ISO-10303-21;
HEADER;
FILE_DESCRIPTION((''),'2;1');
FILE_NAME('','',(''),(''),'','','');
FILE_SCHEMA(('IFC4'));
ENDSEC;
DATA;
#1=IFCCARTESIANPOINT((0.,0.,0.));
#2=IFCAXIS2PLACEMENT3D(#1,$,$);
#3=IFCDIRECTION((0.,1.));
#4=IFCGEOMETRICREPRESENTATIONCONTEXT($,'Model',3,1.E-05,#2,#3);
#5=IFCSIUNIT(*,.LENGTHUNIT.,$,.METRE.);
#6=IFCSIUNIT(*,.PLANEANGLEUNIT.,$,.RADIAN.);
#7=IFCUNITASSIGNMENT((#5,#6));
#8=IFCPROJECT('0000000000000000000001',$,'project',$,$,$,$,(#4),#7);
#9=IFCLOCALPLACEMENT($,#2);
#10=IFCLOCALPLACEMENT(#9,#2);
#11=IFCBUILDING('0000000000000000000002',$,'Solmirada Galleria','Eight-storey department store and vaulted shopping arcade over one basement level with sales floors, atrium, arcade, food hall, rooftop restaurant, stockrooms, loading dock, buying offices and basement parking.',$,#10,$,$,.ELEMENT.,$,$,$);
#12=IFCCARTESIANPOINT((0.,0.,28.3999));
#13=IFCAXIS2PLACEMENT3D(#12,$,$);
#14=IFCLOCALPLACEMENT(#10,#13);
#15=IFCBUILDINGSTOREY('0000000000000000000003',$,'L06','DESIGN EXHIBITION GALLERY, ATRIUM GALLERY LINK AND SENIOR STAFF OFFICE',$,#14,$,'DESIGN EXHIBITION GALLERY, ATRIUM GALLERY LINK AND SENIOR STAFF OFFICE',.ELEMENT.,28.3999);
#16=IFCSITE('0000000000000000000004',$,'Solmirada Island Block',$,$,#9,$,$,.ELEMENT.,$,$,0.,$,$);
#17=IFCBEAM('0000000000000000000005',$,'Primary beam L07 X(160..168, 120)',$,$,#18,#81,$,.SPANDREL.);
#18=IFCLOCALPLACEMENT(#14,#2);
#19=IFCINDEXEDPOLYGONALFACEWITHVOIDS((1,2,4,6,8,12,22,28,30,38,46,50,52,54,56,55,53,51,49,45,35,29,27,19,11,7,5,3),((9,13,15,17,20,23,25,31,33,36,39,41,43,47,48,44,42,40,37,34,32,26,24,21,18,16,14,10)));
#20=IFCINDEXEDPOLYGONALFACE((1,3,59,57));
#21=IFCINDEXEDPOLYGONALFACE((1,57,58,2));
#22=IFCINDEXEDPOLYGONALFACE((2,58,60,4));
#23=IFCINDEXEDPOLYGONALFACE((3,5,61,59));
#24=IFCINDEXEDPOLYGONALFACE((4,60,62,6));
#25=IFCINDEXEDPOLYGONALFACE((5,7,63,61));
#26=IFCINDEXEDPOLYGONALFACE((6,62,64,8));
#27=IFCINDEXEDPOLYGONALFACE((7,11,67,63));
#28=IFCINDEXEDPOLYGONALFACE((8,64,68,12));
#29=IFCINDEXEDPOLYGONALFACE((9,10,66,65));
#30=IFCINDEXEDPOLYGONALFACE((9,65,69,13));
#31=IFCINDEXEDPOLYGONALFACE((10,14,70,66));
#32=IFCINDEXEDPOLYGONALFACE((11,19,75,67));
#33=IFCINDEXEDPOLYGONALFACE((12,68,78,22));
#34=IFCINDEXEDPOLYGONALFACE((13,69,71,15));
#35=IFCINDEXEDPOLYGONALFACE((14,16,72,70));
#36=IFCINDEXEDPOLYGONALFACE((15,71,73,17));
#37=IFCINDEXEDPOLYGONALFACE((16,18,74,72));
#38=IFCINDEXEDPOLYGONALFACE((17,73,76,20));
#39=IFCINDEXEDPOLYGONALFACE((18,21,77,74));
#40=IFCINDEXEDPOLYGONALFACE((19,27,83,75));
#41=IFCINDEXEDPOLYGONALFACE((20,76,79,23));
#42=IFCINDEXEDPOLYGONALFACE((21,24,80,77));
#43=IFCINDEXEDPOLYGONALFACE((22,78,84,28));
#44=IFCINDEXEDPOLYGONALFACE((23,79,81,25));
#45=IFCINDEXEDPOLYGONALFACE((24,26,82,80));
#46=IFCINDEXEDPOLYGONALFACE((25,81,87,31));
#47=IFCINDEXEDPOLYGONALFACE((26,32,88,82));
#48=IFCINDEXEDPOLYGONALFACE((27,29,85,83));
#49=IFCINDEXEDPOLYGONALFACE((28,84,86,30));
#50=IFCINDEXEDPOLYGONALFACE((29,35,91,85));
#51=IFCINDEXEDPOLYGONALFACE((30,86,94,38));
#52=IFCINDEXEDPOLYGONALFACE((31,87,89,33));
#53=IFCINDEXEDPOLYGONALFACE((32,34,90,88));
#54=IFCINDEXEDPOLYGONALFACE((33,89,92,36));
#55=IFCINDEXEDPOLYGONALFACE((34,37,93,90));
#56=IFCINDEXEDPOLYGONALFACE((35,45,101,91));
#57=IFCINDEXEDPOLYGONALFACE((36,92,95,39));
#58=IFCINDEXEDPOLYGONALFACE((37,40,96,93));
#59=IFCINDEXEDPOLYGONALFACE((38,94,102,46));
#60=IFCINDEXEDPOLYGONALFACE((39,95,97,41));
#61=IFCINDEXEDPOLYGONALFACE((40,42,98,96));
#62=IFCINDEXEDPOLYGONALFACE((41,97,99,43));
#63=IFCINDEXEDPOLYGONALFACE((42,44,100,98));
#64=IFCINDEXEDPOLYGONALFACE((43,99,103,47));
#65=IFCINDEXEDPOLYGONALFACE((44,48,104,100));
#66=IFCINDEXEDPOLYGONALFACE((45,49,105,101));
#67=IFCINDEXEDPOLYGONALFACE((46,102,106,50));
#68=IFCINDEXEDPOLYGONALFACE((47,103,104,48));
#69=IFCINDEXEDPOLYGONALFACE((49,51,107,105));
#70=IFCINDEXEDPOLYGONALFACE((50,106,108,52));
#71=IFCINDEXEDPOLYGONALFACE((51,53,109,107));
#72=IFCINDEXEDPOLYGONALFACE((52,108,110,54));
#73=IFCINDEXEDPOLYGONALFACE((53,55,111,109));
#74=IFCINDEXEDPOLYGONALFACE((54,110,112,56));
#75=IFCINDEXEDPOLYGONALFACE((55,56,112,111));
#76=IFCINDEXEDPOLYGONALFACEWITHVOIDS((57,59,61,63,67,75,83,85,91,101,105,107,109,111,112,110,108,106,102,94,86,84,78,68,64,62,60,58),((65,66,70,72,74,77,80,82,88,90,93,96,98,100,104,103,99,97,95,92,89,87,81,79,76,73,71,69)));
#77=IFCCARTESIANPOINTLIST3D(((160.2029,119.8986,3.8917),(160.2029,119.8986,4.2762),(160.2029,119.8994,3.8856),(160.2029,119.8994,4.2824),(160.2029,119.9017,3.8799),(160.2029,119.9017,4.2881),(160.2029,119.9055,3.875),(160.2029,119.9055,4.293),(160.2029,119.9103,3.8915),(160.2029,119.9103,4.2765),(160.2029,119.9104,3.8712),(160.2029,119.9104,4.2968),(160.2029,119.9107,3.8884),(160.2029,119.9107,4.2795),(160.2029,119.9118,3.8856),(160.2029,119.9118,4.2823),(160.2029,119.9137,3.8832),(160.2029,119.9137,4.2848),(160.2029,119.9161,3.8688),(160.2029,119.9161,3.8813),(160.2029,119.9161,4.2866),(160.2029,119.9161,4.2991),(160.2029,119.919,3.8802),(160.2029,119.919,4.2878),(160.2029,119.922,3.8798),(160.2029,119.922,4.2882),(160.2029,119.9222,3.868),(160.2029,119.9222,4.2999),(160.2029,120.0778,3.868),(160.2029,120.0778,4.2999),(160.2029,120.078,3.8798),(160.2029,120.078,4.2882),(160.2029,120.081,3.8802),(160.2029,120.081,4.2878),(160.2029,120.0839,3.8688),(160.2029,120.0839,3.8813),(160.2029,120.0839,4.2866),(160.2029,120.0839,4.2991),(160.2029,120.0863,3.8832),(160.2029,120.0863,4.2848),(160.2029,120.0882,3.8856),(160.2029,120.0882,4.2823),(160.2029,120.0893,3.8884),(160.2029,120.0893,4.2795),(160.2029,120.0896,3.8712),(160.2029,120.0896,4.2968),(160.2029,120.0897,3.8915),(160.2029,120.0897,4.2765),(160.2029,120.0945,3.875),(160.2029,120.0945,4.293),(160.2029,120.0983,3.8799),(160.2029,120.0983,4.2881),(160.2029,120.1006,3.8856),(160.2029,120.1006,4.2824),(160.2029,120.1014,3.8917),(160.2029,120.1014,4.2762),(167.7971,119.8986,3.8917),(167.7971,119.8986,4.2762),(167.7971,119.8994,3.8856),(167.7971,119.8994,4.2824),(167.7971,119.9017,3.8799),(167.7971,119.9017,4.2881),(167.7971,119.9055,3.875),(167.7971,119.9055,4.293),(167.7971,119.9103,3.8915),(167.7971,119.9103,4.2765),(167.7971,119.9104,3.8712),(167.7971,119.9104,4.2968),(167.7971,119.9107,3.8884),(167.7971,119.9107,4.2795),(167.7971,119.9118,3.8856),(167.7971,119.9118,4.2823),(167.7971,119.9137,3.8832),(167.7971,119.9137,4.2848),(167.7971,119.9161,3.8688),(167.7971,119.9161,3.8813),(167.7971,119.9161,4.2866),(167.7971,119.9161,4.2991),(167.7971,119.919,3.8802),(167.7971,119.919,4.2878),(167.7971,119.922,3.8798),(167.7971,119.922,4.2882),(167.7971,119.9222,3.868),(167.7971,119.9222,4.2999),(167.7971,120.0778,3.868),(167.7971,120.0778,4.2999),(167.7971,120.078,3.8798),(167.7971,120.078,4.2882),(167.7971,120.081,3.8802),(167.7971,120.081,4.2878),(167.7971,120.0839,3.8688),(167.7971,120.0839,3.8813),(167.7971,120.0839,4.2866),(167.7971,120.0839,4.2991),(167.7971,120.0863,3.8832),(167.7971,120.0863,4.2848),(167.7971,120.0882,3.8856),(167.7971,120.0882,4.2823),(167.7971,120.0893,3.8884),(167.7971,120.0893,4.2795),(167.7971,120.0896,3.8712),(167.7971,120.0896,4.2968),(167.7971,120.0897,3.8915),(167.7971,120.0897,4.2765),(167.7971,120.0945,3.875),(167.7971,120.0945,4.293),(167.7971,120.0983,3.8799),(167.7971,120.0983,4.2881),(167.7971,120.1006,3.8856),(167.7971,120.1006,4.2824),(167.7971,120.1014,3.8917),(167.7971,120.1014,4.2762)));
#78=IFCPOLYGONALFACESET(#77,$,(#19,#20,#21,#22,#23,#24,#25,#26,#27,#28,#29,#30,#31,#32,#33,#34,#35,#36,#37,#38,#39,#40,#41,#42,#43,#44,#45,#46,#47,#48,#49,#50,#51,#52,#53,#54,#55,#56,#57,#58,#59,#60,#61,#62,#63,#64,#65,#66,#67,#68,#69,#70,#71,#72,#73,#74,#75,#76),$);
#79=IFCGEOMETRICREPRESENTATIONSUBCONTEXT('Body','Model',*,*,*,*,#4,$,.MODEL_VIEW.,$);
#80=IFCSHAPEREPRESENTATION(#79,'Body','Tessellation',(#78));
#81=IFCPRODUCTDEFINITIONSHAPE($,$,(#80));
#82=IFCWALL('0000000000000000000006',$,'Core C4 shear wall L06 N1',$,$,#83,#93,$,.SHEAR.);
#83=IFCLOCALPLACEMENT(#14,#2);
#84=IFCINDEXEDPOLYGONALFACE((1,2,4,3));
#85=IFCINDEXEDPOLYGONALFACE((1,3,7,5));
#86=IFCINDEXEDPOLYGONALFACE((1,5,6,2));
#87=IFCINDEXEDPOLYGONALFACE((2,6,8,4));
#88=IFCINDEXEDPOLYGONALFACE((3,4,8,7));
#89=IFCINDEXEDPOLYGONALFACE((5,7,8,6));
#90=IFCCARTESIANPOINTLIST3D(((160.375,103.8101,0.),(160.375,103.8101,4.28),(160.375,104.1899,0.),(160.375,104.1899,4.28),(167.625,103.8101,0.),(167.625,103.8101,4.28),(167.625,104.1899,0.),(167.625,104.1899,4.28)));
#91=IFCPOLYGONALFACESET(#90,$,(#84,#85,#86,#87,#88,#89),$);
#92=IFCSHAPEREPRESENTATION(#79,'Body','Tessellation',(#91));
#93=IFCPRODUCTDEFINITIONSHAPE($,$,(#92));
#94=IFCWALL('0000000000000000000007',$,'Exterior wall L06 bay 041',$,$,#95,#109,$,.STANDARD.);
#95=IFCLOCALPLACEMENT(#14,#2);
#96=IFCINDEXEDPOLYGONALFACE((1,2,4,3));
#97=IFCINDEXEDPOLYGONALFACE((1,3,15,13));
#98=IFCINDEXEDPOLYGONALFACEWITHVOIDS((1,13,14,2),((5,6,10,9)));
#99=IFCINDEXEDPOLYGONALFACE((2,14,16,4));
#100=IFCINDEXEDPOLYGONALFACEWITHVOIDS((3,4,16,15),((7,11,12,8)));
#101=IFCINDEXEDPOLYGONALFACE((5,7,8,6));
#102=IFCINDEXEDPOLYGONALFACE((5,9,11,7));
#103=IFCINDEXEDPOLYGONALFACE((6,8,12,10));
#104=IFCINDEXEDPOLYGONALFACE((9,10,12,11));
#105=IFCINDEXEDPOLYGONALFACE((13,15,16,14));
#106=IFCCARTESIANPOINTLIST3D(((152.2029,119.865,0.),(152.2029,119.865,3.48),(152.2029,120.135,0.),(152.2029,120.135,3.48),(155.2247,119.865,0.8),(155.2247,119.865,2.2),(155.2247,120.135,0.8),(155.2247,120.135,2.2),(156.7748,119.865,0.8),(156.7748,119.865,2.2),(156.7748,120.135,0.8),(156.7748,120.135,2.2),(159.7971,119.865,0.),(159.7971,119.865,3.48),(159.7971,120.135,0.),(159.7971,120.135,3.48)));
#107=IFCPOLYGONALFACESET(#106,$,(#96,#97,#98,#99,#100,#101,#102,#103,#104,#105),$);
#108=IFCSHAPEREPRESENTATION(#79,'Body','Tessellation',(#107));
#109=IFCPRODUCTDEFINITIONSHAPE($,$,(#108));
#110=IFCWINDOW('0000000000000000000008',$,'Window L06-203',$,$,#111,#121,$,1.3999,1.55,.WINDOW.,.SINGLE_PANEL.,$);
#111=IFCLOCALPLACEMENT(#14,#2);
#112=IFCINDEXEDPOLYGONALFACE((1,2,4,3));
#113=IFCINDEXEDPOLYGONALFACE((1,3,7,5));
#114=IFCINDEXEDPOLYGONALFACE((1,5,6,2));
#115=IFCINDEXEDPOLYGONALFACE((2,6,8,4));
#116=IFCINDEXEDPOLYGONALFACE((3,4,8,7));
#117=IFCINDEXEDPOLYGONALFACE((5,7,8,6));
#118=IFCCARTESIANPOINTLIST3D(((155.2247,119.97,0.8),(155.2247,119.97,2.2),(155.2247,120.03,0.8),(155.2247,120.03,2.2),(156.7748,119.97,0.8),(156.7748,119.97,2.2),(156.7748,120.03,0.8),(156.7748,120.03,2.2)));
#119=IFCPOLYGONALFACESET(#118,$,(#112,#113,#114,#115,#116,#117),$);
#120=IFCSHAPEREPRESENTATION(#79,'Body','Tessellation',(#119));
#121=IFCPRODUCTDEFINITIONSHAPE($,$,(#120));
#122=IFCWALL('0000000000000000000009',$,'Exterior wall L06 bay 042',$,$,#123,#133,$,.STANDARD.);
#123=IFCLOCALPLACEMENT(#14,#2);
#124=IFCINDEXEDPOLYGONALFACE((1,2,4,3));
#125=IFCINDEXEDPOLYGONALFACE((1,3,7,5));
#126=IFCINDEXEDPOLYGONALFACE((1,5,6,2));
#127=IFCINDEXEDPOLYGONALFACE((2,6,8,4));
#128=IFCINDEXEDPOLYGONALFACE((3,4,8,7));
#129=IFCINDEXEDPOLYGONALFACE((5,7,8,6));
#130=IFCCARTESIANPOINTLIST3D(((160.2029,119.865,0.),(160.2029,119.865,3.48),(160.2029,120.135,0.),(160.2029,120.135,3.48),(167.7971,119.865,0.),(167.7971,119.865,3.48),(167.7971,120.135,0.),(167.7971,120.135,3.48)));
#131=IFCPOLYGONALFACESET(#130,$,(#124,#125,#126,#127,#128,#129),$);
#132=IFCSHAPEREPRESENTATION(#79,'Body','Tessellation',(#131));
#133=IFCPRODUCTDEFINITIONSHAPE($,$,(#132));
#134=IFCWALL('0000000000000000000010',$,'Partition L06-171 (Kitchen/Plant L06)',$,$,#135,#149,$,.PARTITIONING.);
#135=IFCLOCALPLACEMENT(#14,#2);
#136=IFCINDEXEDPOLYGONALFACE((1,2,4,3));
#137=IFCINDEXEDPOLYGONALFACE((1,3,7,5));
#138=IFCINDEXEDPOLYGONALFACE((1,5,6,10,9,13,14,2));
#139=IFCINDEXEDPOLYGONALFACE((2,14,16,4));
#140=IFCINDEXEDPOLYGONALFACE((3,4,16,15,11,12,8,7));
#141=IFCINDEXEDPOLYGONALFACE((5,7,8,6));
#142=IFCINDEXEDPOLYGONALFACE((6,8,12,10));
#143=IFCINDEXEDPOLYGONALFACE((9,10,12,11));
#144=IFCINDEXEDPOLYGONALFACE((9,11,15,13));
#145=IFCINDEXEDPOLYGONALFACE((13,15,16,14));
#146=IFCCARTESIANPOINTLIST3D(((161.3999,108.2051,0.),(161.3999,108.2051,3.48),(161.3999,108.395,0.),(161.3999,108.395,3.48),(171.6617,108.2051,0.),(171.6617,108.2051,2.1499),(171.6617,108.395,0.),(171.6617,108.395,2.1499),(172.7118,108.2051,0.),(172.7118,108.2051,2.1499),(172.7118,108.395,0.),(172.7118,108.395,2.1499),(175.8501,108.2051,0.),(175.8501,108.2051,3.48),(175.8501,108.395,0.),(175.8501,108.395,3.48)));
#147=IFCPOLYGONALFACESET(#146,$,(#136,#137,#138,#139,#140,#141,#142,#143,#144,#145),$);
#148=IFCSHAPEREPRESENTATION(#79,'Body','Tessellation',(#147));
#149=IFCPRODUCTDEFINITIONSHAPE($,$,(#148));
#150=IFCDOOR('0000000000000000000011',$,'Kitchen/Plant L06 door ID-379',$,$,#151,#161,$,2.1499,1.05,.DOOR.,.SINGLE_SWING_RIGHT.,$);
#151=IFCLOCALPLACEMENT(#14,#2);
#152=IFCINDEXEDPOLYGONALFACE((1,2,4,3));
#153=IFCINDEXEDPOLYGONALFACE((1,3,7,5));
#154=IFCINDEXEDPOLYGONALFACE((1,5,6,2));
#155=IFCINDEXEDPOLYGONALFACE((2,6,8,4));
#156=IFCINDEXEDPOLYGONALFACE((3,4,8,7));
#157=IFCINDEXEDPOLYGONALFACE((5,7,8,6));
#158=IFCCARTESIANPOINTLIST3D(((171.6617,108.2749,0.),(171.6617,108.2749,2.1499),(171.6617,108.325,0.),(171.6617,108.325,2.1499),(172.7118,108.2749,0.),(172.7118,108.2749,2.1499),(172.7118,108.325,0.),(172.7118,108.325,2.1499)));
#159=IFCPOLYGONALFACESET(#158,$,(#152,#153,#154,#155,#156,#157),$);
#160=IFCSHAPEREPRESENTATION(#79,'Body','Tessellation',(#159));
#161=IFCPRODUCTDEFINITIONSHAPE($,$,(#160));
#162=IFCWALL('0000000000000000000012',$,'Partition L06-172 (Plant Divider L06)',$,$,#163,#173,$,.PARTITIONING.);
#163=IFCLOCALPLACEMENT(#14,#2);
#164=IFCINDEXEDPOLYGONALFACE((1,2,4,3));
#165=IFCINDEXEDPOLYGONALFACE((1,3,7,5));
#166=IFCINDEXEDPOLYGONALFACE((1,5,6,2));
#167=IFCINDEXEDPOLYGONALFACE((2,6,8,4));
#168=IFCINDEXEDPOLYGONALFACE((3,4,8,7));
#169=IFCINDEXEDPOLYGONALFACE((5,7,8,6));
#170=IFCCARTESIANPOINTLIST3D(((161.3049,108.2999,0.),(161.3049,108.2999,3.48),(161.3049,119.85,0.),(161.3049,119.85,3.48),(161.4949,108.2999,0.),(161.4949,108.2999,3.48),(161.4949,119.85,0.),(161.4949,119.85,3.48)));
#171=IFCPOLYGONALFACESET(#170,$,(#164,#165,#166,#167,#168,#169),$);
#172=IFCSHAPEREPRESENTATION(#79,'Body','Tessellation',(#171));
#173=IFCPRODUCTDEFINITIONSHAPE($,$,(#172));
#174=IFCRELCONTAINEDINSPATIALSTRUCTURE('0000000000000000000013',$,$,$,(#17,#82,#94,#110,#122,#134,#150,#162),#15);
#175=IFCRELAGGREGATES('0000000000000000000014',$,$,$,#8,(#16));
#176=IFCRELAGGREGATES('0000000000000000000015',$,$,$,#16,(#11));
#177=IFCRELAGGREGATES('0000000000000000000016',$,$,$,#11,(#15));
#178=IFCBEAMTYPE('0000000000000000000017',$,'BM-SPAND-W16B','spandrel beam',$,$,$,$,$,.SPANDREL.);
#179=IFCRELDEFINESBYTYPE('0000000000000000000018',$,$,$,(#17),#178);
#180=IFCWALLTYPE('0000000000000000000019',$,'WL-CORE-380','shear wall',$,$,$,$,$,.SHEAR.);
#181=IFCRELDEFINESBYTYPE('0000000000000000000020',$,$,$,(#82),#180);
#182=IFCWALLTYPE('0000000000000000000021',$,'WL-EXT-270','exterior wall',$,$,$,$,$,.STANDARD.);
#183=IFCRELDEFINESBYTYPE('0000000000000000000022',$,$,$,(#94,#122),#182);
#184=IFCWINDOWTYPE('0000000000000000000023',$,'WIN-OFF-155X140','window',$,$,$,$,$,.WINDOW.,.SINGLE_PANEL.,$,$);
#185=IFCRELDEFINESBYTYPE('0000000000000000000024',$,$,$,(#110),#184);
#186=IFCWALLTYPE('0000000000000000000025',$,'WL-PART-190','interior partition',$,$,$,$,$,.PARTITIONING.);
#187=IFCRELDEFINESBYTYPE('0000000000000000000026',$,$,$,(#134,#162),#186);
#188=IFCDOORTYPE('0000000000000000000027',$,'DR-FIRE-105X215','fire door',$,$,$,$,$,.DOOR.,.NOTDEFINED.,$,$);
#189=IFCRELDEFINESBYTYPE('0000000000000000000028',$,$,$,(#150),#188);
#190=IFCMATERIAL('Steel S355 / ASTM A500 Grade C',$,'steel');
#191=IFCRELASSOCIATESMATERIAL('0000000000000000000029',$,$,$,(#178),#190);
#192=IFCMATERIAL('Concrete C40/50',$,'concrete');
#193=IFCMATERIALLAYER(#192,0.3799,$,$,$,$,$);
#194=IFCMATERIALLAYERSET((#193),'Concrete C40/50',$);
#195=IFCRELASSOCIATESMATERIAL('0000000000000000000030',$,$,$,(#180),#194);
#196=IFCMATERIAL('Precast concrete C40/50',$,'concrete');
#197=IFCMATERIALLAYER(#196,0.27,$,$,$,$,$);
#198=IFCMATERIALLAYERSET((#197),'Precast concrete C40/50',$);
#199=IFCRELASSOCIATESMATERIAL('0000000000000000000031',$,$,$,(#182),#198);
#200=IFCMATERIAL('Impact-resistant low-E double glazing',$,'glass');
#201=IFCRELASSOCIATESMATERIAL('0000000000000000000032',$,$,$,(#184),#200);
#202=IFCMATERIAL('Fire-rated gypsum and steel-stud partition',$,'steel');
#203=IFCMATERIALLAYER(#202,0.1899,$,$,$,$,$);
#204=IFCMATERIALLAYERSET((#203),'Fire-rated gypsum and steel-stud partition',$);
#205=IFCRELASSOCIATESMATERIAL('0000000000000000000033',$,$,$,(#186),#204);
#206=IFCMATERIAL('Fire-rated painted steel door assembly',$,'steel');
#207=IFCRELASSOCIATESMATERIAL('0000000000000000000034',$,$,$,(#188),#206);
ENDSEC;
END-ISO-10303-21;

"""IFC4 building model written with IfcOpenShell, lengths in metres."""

from ifc_helpers import new_model, si_unit, direction, frame, frame_2d, origin, origin_2d, place, context, subcontext, project, spatial, rectangle, hollow_rectangle, extrude, material, layer, layer_set, material_profile, profile_set, type_object, element, fill, save


model = new_model("IFC4")

# Units and contexts
model_context = context("Model", 3, precision=1e-05, world=origin(), true_north=direction((0.0, 1.0)))
body_context = subcontext(model_context, "Body", "Model", "MODEL_VIEW")
ifc_project = project(units=[si_unit("LENGTHUNIT", "METRE"), si_unit("PLANEANGLEUNIT", "RADIAN")], contexts=[model_context])

# Site, building, storey
site_placement = place(None, origin())
site = spatial("IfcSite", under=ifc_project, at=site_placement, Name="Solmirada Island Block", CompositionType="ELEMENT", RefElevation=0.0)
building_placement = place(site_placement, origin())
building = spatial("IfcBuilding", under=site, at=building_placement, Name="Solmirada Galleria", Description="Eight-storey department store and vaulted shopping arcade over one basement level with sales floors, atrium, arcade, food hall, rooftop restaurant, stockrooms, loading dock, buying offices and basement parking.", CompositionType="ELEMENT")
storey_placement = place(building_placement, frame((0.0, 0.0, 28.3999)))
storey = spatial("IfcBuildingStorey", under=building, at=storey_placement, Name="L06", Description="DESIGN EXHIBITION GALLERY, ATRIUM GALLERY LINK AND SENIOR STAFF OFFICE", LongName="DESIGN EXHIBITION GALLERY, ATRIUM GALLERY LINK AND SENIOR STAFF OFFICE", CompositionType="ELEMENT", Elevation=28.3999)

# Shared definitions
ifc_material_1 = material(Name="Steel S355 / ASTM A500 Grade C", Category="steel")
ifc_material_2 = material(Name="Concrete C40/50", Category="concrete")

# Beam
ifc_material_profile_1 = material_profile(ifc_material_1, hollow_rectangle(XDim=0.2029, YDim=0.4319, WallThickness=0.0117, InnerFilletRadius=0.0117, OuterFilletRadius=0.0237, at=origin_2d()), Name="HSS17X8X1/2")
ifc_profile_set_1 = profile_set([ifc_material_profile_1], Name="Steel S355 / ASTM A500 Grade C")
beam_type_1 = type_object("IfcBeamType", Name="BM-SPAND-W16B", Description="spandrel beam", PredefinedType="SPANDREL", material=ifc_profile_set_1)
for number, where, z_axis, x_axis, name in (
    (1, (160.2029, 120.0, 4.084), (1.0, 0.0, 0.0), (0.0, 1.0, 0.0), "Primary beam L07 X(160..168, 120)"),
):
    element("IfcBeam", number, at=place(storey_placement, frame(where, z_axis=z_axis, x_axis=x_axis)), inside=storey, type_object=beam_type_1, Name=name, PredefinedType="SPANDREL", context=body_context, shape_type="SweptSolid", body=[
        extrude(hollow_rectangle(XDim=0.2029, YDim=0.4319, WallThickness=0.0117, InnerFilletRadius=0.0117, OuterFilletRadius=0.0237, at=origin_2d()), origin(), (0.0, 0.0, 1.0), 7.5942),
    ])

# Wall
ifc_layer_1 = layer(ifc_material_2, 0.3799)
ifc_layer_set_1 = layer_set([ifc_layer_1], Name="Concrete C40/50")
wall_type_1 = type_object("IfcWallType", Name="WL-CORE-380", Description="shear wall", PredefinedType="SHEAR", material=ifc_layer_set_1)
wall_1_placement = place(storey_placement, frame((160.375, 104.0, 0.0), z_axis=(0.0, 0.0, 1.0), x_axis=(1.0, 0.0, 0.0)))
element("IfcWall", 2, at=wall_1_placement, inside=storey, type_object=wall_type_1, Name="Core C4 shear wall L06 N1", PredefinedType="SHEAR", context=body_context, shape_type="SweptSolid", body=[
    extrude(rectangle(XDim=7.25, YDim=0.3799, at=frame_2d((3.625, 0.0))), origin(), (0.0, 0.0, 1.0), 4.28),
])

# Wall, opening, window
ifc_material_3 = material(Name="Precast concrete C40/50", Category="concrete")
ifc_layer_2 = layer(ifc_material_3, 0.27)
ifc_layer_set_2 = layer_set([ifc_layer_2], Name="Precast concrete C40/50")
wall_type_2 = type_object("IfcWallType", Name="WL-EXT-270", Description="exterior wall", PredefinedType="STANDARD", material=ifc_layer_set_2)
wall_2_placement = place(storey_placement, frame((152.2029, 120.0, 0.0), z_axis=(0.0, 0.0, 1.0), x_axis=(1.0, 0.0, 0.0)))
wall_2 = element("IfcWall", 3, at=wall_2_placement, inside=storey, type_object=wall_type_2, Name="Exterior wall L06 bay 041", PredefinedType="STANDARD", context=body_context, shape_type="SweptSolid", body=[
    extrude(rectangle(XDim=7.5942, YDim=0.27, at=frame_2d((3.7971, 0.0))), origin(), (0.0, 0.0, 1.0), 3.48),
])
opening_1_placement = place(wall_2_placement, frame((3.022, 0.0, 0.8)))
opening_1 = element("IfcOpeningElement", 4, at=opening_1_placement, cuts=wall_2, PredefinedType="OPENING", context=body_context, shape_type="SweptSolid", body=[
    extrude(rectangle(XDim=1.55, YDim=1.3999, at=frame_2d((0.7749, 0.7))), frame((0.0, 0.145, 0.0), z_axis=(0.0, -1.0, 0.0), x_axis=(1.0, 0.0, 0.0)), (0.0, 0.0, 1.0), 0.29),
])
ifc_material_4 = material(Name="Impact-resistant low-E double glazing", Category="glass")
window_type = type_object("IfcWindowType", Name="WIN-OFF-155X140", Description="window", PartitioningType="SINGLE_PANEL", PredefinedType="WINDOW", material=ifc_material_4)
window_placement = place(opening_1_placement, origin())
window = element("IfcWindow", 5, at=window_placement, inside=storey, type_object=window_type, Name="Window L06-203", OverallHeight=1.3999, OverallWidth=1.55, PartitioningType="SINGLE_PANEL", PredefinedType="WINDOW", context=body_context, shape_type="SweptSolid", body=[
    extrude(rectangle(XDim=1.55, YDim=1.3999, at=frame_2d((0.7749, 0.7))), frame((0.0, 0.03, 0.0), z_axis=(0.0, -1.0, 0.0), x_axis=(1.0, 0.0, 0.0)), (0.0, 0.0, 1.0), 0.0601),
])
fill(opening_1, window)

# Wall
wall_3_placement = place(storey_placement, frame((160.2029, 120.0, 0.0), z_axis=(0.0, 0.0, 1.0), x_axis=(1.0, 0.0, 0.0)))
element("IfcWall", 6, at=wall_3_placement, inside=storey, type_object=wall_type_2, Name="Exterior wall L06 bay 042", PredefinedType="STANDARD", context=body_context, shape_type="SweptSolid", body=[
    extrude(rectangle(XDim=7.5942, YDim=0.27, at=frame_2d((3.7971, 0.0))), origin(), (0.0, 0.0, 1.0), 3.48),
])

# Wall, opening, door
ifc_material_5 = material(Name="Fire-rated gypsum and steel-stud partition", Category="steel")
ifc_layer_3 = layer(ifc_material_5, 0.1899)
ifc_layer_set_3 = layer_set([ifc_layer_3], Name="Fire-rated gypsum and steel-stud partition")
wall_type_3 = type_object("IfcWallType", Name="WL-PART-190", Description="interior partition", PredefinedType="PARTITIONING", material=ifc_layer_set_3)
wall_4_placement = place(storey_placement, frame((161.3999, 108.3, 0.0), z_axis=(0.0, 0.0, 1.0), x_axis=(1.0, 0.0, 0.0)))
wall_4 = element("IfcWall", 7, at=wall_4_placement, inside=storey, type_object=wall_type_3, Name="Partition L06-171 (Kitchen/Plant L06)", PredefinedType="PARTITIONING", context=body_context, shape_type="SweptSolid", body=[
    extrude(rectangle(XDim=14.4502, YDim=0.1899, at=frame_2d((7.2251, 0.0))), origin(), (0.0, 0.0, 1.0), 3.48),
])
opening_2_placement = place(wall_4_placement, frame((10.262, 0.0, 0.0)))
opening_2 = element("IfcOpeningElement", 8, at=opening_2_placement, cuts=wall_4, PredefinedType="OPENING", context=body_context, shape_type="SweptSolid", body=[
    extrude(rectangle(XDim=1.05, YDim=2.1499, at=frame_2d((0.5249, 1.075))), frame((0.0, 0.105, 0.0), z_axis=(0.0, -1.0, 0.0), x_axis=(1.0, 0.0, 0.0)), (0.0, 0.0, 1.0), 0.21),
])
ifc_material_6 = material(Name="Fire-rated painted steel door assembly", Category="steel")
door_type = type_object("IfcDoorType", Name="DR-FIRE-105X215", Description="fire door", OperationType="NOTDEFINED", PredefinedType="DOOR", material=ifc_material_6)
door_placement = place(opening_2_placement, origin())
door = element("IfcDoor", 9, at=door_placement, inside=storey, type_object=door_type, Name="Kitchen/Plant L06 door ID-379", OperationType="SINGLE_SWING_RIGHT", OverallHeight=2.1499, OverallWidth=1.05, PredefinedType="DOOR", context=body_context, shape_type="SweptSolid", body=[
    extrude(rectangle(XDim=1.05, YDim=2.1499, at=frame_2d((0.5249, 1.075))), frame((0.0, 0.0249, 0.0), z_axis=(0.0, -1.0, 0.0), x_axis=(1.0, 0.0, 0.0)), (0.0, 0.0, 1.0), 0.05),
])
fill(opening_2, door)

# Wall
wall_5_placement = place(storey_placement, frame((161.3999, 108.3, 0.0), z_axis=(0.0, 0.0, 1.0), x_axis=(0.0, 1.0, 0.0)))
element("IfcWall", 10, at=wall_5_placement, inside=storey, type_object=wall_type_3, Name="Partition L06-172 (Plant Divider L06)", PredefinedType="PARTITIONING", context=body_context, shape_type="SweptSolid", body=[
    extrude(rectangle(XDim=11.55, YDim=0.1899, at=frame_2d((5.7749, 0.0))), origin(), (0.0, 0.0, 1.0), 3.48),
])

save(model, "model.ifc")
